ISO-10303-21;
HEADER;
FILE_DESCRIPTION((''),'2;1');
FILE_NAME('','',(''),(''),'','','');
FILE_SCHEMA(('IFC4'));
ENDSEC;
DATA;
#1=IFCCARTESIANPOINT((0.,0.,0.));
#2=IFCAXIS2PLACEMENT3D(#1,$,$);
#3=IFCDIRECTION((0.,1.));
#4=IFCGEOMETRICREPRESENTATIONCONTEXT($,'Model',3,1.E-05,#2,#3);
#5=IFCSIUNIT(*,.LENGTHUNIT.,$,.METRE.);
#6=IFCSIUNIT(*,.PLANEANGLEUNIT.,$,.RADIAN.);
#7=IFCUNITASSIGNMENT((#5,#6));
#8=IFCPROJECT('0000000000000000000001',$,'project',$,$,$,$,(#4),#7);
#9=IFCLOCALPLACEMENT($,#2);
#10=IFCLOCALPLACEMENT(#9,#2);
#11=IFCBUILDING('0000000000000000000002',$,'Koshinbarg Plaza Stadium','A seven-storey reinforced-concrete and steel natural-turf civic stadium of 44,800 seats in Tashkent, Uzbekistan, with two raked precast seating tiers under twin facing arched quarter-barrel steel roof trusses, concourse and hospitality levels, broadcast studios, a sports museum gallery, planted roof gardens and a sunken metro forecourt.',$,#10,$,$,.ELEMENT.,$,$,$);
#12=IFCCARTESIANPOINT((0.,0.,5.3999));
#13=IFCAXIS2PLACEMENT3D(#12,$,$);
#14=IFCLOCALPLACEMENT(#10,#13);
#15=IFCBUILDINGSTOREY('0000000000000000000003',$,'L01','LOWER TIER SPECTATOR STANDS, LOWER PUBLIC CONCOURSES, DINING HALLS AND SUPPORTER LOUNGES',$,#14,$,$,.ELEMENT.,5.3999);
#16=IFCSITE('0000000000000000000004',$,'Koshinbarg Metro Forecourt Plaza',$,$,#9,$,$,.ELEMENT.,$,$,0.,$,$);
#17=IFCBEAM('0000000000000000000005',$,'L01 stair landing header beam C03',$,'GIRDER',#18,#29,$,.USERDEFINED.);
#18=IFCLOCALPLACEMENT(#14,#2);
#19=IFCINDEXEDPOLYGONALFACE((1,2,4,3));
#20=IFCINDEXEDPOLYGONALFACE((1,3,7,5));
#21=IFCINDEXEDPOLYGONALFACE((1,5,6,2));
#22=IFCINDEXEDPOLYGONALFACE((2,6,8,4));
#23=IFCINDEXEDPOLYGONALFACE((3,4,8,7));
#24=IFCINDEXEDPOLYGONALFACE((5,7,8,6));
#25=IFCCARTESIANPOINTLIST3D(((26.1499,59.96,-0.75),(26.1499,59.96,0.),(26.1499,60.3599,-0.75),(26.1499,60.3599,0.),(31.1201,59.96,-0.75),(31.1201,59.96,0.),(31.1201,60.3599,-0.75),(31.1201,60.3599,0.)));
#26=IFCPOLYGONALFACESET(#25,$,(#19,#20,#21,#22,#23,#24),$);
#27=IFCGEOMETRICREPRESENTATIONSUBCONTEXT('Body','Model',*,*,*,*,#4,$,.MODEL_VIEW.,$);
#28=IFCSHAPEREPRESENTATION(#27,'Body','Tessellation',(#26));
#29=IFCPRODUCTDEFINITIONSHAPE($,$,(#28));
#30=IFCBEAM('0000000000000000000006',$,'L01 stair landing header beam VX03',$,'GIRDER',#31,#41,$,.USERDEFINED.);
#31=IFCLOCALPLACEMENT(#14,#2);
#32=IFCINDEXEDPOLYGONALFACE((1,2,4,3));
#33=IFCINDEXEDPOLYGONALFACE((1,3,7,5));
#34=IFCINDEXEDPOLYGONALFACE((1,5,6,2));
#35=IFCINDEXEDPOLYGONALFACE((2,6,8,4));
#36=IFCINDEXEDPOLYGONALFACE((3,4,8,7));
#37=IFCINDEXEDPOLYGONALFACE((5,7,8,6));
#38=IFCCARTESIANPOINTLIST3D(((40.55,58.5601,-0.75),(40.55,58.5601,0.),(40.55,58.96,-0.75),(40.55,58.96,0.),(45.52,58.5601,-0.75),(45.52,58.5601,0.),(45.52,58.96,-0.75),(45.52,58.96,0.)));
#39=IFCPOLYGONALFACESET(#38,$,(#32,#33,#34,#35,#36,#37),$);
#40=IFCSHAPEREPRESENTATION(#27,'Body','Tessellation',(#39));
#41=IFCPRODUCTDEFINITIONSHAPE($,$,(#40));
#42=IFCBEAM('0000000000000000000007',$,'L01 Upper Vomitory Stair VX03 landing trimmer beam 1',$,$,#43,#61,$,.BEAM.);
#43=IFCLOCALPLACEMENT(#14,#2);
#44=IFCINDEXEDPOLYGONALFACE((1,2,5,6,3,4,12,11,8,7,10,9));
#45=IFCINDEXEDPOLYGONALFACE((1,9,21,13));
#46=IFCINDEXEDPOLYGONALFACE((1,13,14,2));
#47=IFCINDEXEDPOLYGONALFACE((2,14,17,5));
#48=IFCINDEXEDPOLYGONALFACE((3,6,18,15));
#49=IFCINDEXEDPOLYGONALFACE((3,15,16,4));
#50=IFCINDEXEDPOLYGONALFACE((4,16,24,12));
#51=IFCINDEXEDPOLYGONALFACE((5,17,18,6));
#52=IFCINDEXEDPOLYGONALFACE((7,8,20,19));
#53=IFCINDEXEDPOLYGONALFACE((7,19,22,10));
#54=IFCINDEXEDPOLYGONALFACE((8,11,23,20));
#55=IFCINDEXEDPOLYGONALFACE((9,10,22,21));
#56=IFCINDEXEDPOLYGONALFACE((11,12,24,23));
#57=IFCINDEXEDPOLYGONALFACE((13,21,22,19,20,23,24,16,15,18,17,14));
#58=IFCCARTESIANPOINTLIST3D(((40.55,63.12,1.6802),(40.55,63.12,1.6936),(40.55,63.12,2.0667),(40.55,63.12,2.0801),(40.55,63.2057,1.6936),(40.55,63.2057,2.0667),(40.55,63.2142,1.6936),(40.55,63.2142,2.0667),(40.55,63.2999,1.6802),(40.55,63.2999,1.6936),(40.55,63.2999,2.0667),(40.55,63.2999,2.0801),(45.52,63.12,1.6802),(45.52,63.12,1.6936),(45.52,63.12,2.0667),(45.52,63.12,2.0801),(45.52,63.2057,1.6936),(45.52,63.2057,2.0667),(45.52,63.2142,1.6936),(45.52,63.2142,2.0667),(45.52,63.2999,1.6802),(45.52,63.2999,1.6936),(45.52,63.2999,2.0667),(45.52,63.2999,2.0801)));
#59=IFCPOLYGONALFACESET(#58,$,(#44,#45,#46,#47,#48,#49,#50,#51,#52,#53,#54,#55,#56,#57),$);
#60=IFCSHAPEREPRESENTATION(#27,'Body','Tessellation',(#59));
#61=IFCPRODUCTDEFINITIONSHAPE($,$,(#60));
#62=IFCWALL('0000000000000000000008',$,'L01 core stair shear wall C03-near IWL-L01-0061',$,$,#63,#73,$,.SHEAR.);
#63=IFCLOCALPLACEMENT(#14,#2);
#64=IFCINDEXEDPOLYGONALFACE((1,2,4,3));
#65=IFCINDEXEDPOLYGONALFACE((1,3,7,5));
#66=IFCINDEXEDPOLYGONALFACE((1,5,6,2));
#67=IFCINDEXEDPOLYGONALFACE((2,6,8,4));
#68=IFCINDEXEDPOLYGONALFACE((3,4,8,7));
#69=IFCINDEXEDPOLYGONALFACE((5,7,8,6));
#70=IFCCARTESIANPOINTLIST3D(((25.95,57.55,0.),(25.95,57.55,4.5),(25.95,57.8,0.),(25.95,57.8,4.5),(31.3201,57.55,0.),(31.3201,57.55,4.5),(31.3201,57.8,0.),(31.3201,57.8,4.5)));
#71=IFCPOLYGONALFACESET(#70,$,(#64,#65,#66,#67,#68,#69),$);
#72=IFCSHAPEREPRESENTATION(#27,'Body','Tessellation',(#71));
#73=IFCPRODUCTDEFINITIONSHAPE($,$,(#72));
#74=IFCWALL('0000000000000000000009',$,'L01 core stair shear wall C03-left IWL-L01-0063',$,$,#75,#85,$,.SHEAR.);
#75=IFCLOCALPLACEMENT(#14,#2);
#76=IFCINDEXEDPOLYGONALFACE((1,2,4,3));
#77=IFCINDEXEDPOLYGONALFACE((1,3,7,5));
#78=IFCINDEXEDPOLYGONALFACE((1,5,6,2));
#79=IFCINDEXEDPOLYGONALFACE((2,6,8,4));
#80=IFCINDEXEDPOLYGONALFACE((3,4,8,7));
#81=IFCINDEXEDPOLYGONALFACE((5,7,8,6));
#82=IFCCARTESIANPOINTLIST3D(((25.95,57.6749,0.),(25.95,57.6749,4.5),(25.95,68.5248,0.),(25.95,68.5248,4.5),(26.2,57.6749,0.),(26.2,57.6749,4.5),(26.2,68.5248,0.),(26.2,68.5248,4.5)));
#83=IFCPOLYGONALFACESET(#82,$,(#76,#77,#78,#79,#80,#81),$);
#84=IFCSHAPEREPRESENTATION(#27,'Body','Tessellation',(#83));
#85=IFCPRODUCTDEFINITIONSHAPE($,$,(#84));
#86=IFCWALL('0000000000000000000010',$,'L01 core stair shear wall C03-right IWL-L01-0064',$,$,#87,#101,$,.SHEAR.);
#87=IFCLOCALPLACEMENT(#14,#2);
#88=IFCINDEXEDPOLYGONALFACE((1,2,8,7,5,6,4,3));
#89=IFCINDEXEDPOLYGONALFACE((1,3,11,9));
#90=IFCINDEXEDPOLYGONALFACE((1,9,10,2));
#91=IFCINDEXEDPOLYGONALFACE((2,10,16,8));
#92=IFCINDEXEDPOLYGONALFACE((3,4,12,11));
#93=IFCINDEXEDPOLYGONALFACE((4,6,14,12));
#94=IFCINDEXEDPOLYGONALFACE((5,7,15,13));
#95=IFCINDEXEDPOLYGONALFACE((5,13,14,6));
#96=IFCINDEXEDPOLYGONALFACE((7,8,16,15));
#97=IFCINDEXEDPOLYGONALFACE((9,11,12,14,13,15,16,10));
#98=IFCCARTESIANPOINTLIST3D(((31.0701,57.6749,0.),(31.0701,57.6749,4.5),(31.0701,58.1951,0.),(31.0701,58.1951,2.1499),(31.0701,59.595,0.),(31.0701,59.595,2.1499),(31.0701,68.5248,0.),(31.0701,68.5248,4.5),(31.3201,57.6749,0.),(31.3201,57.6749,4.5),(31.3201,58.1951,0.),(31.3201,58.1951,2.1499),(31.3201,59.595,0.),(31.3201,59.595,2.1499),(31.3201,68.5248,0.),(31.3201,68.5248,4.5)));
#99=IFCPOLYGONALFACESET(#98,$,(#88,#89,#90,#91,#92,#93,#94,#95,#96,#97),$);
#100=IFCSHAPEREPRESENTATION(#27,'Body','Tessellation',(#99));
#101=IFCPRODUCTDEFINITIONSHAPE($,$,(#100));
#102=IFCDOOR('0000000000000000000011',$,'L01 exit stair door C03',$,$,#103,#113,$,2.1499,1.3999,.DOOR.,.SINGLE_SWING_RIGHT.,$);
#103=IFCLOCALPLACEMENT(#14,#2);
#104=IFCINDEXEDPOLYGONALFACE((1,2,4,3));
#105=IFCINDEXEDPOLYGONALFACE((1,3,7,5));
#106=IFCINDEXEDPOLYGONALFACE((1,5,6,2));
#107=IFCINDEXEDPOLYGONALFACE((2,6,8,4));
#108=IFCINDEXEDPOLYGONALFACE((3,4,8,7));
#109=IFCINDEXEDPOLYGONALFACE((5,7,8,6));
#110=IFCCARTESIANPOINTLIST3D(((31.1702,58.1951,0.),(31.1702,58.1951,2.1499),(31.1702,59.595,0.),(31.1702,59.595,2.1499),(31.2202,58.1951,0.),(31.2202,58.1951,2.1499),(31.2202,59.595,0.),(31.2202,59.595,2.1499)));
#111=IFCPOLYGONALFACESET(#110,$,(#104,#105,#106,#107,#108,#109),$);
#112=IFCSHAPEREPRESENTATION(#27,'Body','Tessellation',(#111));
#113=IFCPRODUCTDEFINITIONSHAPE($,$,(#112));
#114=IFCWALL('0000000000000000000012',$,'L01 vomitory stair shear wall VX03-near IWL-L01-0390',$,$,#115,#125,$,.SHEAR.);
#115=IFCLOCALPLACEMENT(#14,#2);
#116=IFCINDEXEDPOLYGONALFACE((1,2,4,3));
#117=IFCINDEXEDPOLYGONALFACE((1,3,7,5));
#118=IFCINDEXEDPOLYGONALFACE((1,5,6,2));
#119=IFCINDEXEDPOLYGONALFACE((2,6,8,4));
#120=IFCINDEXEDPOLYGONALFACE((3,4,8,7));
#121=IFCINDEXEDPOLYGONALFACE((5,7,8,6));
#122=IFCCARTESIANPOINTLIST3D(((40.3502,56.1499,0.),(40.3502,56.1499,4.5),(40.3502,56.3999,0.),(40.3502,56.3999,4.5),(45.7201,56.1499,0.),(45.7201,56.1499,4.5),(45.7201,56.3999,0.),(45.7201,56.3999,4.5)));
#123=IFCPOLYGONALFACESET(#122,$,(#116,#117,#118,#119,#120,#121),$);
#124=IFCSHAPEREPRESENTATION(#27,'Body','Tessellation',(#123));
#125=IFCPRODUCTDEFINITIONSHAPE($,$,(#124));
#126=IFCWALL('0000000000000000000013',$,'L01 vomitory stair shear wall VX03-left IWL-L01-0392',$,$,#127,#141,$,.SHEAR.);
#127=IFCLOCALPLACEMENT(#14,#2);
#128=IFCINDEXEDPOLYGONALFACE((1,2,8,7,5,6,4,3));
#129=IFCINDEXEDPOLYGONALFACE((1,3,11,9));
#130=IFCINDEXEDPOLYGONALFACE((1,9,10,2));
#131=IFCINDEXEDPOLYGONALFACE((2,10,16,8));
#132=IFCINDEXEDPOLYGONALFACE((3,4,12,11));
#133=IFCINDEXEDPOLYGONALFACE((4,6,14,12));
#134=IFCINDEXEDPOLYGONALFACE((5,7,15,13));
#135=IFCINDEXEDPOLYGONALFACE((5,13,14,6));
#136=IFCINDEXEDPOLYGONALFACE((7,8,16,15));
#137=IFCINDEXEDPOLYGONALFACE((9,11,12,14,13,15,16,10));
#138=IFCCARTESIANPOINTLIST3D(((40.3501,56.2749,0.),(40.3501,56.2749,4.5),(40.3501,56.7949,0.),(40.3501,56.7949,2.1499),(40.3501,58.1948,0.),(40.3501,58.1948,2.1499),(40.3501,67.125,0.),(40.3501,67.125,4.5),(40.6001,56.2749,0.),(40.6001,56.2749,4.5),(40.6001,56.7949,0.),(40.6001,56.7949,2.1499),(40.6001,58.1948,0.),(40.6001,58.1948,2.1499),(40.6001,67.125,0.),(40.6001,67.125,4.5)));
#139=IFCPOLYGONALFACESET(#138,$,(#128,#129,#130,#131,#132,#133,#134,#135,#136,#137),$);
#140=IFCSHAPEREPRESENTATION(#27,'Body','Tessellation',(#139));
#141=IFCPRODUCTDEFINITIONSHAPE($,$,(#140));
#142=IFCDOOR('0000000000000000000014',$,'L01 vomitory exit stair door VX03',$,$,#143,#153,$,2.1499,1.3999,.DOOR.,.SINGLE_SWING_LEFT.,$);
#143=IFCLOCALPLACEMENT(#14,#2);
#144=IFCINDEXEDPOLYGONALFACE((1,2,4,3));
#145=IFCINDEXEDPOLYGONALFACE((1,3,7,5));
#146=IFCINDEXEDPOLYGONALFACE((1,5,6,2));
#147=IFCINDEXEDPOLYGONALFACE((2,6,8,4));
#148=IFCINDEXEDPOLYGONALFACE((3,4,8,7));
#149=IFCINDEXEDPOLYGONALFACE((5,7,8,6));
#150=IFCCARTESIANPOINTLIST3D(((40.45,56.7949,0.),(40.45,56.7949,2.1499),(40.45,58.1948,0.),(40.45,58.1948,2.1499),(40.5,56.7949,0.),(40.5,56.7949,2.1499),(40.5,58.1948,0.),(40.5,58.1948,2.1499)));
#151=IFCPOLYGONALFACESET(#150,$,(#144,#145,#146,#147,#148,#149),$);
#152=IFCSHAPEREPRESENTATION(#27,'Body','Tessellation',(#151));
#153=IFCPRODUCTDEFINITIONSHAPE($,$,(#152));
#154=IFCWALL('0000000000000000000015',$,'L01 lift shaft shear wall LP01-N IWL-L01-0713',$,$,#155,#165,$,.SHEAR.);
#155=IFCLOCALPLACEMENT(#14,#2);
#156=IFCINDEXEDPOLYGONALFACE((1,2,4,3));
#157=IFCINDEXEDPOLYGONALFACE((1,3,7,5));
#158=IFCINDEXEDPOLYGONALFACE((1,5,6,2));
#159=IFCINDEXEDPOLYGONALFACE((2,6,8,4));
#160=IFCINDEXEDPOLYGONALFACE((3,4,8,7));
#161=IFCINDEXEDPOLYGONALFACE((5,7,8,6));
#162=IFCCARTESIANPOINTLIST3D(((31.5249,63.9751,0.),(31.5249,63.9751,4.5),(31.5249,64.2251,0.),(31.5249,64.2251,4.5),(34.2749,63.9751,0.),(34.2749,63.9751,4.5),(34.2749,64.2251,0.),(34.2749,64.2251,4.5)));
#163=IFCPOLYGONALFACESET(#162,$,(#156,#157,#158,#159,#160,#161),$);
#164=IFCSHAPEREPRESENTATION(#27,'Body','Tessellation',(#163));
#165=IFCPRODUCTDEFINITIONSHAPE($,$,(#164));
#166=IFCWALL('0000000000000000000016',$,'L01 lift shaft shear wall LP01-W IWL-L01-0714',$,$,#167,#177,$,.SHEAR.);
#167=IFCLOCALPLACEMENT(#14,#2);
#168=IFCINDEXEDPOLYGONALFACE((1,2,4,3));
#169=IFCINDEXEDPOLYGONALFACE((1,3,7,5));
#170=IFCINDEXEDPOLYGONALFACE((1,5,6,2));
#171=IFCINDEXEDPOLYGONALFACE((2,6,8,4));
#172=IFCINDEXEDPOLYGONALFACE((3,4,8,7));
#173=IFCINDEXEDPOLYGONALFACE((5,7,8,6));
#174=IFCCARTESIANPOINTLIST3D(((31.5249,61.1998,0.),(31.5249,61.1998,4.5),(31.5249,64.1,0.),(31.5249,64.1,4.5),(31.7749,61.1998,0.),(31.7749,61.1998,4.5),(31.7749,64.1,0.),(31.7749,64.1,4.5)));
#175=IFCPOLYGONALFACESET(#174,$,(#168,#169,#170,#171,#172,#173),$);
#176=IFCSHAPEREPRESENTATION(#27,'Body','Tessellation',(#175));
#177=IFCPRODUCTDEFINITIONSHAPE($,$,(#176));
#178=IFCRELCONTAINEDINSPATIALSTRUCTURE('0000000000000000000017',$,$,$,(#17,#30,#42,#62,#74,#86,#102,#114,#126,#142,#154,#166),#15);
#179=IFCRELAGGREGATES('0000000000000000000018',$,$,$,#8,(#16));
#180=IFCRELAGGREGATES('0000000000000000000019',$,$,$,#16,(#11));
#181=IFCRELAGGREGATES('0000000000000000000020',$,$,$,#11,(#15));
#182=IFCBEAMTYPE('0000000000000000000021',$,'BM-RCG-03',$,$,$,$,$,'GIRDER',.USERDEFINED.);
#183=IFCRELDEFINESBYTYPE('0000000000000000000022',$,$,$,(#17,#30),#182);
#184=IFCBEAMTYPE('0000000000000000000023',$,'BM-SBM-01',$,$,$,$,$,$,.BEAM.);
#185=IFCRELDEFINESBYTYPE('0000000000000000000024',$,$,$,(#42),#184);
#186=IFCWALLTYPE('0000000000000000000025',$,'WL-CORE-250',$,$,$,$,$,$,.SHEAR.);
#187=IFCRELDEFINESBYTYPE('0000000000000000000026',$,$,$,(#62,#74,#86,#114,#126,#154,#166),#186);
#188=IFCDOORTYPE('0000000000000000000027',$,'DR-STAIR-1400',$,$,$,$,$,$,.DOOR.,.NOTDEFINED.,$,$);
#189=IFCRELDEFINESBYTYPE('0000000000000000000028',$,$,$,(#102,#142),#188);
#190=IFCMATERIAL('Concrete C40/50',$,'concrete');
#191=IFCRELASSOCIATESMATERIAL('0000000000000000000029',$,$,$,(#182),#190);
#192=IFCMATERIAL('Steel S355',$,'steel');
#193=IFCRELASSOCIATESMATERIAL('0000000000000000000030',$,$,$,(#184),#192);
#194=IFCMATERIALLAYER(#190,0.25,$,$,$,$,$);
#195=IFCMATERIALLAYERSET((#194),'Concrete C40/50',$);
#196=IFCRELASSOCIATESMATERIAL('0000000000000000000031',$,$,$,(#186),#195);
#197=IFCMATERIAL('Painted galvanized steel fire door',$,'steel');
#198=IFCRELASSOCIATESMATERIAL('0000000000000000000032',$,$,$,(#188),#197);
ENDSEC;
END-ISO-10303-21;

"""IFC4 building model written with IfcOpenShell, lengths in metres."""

from ifc_helpers import new_model, si_unit, direction, frame, frame_2d, origin, origin_2d, place, context, subcontext, project, spatial, rectangle, i_section, extrude, material, layer, layer_set, material_profile, profile_set, type_object, element, fill, save


model = new_model("IFC4")

# Units and contexts
model_context = context("Model", 3, precision=1e-05, world=origin(), true_north=direction((0.0, 1.0)))
body_context = subcontext(model_context, "Body", "Model", "MODEL_VIEW")
ifc_project = project(units=[si_unit("LENGTHUNIT", "METRE"), si_unit("PLANEANGLEUNIT", "RADIAN")], contexts=[model_context])

# Site, building, storey
site_placement = place(None, origin())
site = spatial("IfcSite", under=ifc_project, at=site_placement, Name="Koshinbarg Metro Forecourt Plaza", CompositionType="ELEMENT", RefElevation=0.0)
building_placement = place(site_placement, origin())
building = spatial("IfcBuilding", under=site, at=building_placement, Name="Koshinbarg Plaza Stadium", Description="A seven-storey reinforced-concrete and steel natural-turf civic stadium of 44,800 seats in Tashkent, Uzbekistan, with two raked precast seating tiers under twin facing arched quarter-barrel steel roof trusses, concourse and hospitality levels, broadcast studios, a sports museum gallery, planted roof gardens and a sunken metro forecourt.", CompositionType="ELEMENT")
storey_placement = place(building_placement, frame((0.0, 0.0, 5.3999)))
storey = spatial("IfcBuildingStorey", under=building, at=storey_placement, Name="L01", Description="LOWER TIER SPECTATOR STANDS, LOWER PUBLIC CONCOURSES, DINING HALLS AND SUPPORTER LOUNGES", CompositionType="ELEMENT", Elevation=5.3999)

# Beams
ifc_material_1 = material(Name="Concrete C40/50", Category="concrete")
ifc_material_profile_1 = material_profile(ifc_material_1, rectangle(XDim=0.3999, YDim=0.75, at=origin_2d()), Name="RC 400x750")
ifc_profile_set_1 = profile_set([ifc_material_profile_1], Name="Concrete C40/50")
beam_type_1 = type_object("IfcBeamType", Name="BM-RCG-03", ElementType="GIRDER", PredefinedType="USERDEFINED", material=ifc_profile_set_1)
beam_1_placement = place(storey_placement, frame((26.1499, 60.1599, -0.375), z_axis=(1.0, 0.0, 0.0), x_axis=(0.0, 1.0, 0.0)))
element("IfcBeam", 1, at=beam_1_placement, inside=storey, type_object=beam_type_1, Name="L01 stair landing header beam C03", ObjectType="GIRDER", PredefinedType="USERDEFINED", context=body_context, shape_type="SweptSolid", body=[
    extrude(rectangle(XDim=0.3999, YDim=0.75, at=origin_2d()), origin(), (0.0, 0.0, 1.0), 4.9702),
])
beam_2_placement = place(storey_placement, frame((40.55, 58.76, -0.375), z_axis=(1.0, 0.0, 0.0), x_axis=(0.0, 1.0, 0.0)))
element("IfcBeam", 2, at=beam_2_placement, inside=storey, type_object=beam_type_1, Name="L01 stair landing header beam VX03", ObjectType="GIRDER", PredefinedType="USERDEFINED", context=body_context, shape_type="SweptSolid", body=[
    extrude(rectangle(XDim=0.3999, YDim=0.75, at=origin_2d()), origin(), (0.0, 0.0, 1.0), 4.97),
])
ifc_material_2 = material(Name="Steel S355", Category="steel")
ifc_material_profile_2 = material_profile(ifc_material_2, i_section(OverallWidth=0.1799, OverallDepth=0.3999, WebThickness=0.0085, FlangeThickness=0.0134, at=origin_2d()), Name="IPE 400")
ifc_profile_set_2 = profile_set([ifc_material_profile_2], Name="Steel S355")
beam_type_2 = type_object("IfcBeamType", Name="BM-SBM-01", PredefinedType="BEAM", material=ifc_profile_set_2)
beam_3_placement = place(storey_placement, frame((40.55, 63.21, 1.8801), z_axis=(1.0, 0.0, 0.0), x_axis=(0.0, 1.0, 0.0)))
element("IfcBeam", 3, at=beam_3_placement, inside=storey, type_object=beam_type_2, Name="L01 Upper Vomitory Stair VX03 landing trimmer beam 1", PredefinedType="BEAM", context=body_context, shape_type="SweptSolid", body=[
    extrude(i_section(OverallWidth=0.1799, OverallDepth=0.3999, WebThickness=0.0085, FlangeThickness=0.0134, at=origin_2d()), origin(), (0.0, 0.0, 1.0), 4.97),
])

# Walls
ifc_layer_1 = layer(ifc_material_1, 0.25)
ifc_layer_set_1 = layer_set([ifc_layer_1], Name="Concrete C40/50")
wall_type_1 = type_object("IfcWallType", Name="WL-CORE-250", PredefinedType="SHEAR", material=ifc_layer_set_1)
wall_1_placement = place(storey_placement, frame((25.95, 57.675, 0.0), z_axis=(0.0, 0.0, 1.0), x_axis=(1.0, 0.0, 0.0)))
element("IfcWall", 4, at=wall_1_placement, inside=storey, type_object=wall_type_1, Name="L01 core stair shear wall C03-near IWL-L01-0061", PredefinedType="SHEAR", context=body_context, shape_type="SweptSolid", body=[
    extrude(rectangle(XDim=5.3701, YDim=0.25, at=frame_2d((2.6851, 0.0))), origin(), (0.0, 0.0, 1.0), 4.5),
])
wall_2_placement = place(storey_placement, frame((26.075, 57.675, 0.0), z_axis=(0.0, 0.0, 1.0), x_axis=(0.0, 1.0, 0.0)))
element("IfcWall", 5, at=wall_2_placement, inside=storey, type_object=wall_type_1, Name="L01 core stair shear wall C03-left IWL-L01-0063", PredefinedType="SHEAR", context=body_context, shape_type="SweptSolid", body=[
    extrude(rectangle(XDim=10.8499, YDim=0.25, at=frame_2d((5.4248, 0.0))), origin(), (0.0, 0.0, 1.0), 4.5),
])

# Wall, opening, door
wall_3_placement = place(storey_placement, frame((31.1951, 57.675, 0.0), z_axis=(0.0, 0.0, 1.0), x_axis=(0.0, 1.0, 0.0)))
wall_3 = element("IfcWall", 6, at=wall_3_placement, inside=storey, type_object=wall_type_1, Name="L01 core stair shear wall C03-right IWL-L01-0064", PredefinedType="SHEAR", context=body_context, shape_type="SweptSolid", body=[
    extrude(rectangle(XDim=10.8499, YDim=0.25, at=frame_2d((5.4248, 0.0))), origin(), (0.0, 0.0, 1.0), 4.5),
])
opening_1_placement = place(wall_3_placement, frame((0.52, 0.0, 0.0)))
opening_1 = element("IfcOpeningElement", 7, at=opening_1_placement, cuts=wall_3, PredefinedType="OPENING", context=body_context, shape_type="SweptSolid", body=[
    extrude(rectangle(XDim=1.3999, YDim=2.1499, at=frame_2d((0.7, 1.075))), frame((0.0, 0.135, 0.0), z_axis=(0.0, -1.0, 0.0), x_axis=(1.0, 0.0, 0.0)), (0.0, 0.0, 1.0), 0.27),
])
ifc_material_3 = material(Name="Painted galvanized steel fire door", Category="steel")
door_type_1 = type_object("IfcDoorType", Name="DR-STAIR-1400", OperationType="NOTDEFINED", PredefinedType="DOOR", material=ifc_material_3)
door_1_placement = place(opening_1_placement, origin())
door_1 = element("IfcDoor", 8, at=door_1_placement, inside=storey, type_object=door_type_1, Name="L01 exit stair door C03", OperationType="SINGLE_SWING_RIGHT", OverallHeight=2.1499, OverallWidth=1.3999, PredefinedType="DOOR", context=body_context, shape_type="SweptSolid", body=[
    extrude(rectangle(XDim=1.3999, YDim=2.1499, at=frame_2d((0.7, 1.075))), frame((0.0, 0.0249, 0.0), z_axis=(0.0, -1.0, 0.0), x_axis=(1.0, 0.0, 0.0)), (0.0, 0.0, 1.0), 0.05),
])
fill(opening_1, door_1)

# Wall
wall_4_placement = place(storey_placement, frame((40.3501, 56.2749, 0.0), z_axis=(0.0, 0.0, 1.0), x_axis=(1.0, 0.0, 0.0)))
element("IfcWall", 9, at=wall_4_placement, inside=storey, type_object=wall_type_1, Name="L01 vomitory stair shear wall VX03-near IWL-L01-0390", PredefinedType="SHEAR", context=body_context, shape_type="SweptSolid", body=[
    extrude(rectangle(XDim=5.3699, YDim=0.25, at=frame_2d((2.6851, 0.0))), origin(), (0.0, 0.0, 1.0), 4.5),
])

# Wall, opening, door
wall_5_placement = place(storey_placement, frame((40.4751, 56.2749, 0.0), z_axis=(0.0, 0.0, 1.0), x_axis=(0.0, 1.0, 0.0)))
wall_5 = element("IfcWall", 10, at=wall_5_placement, inside=storey, type_object=wall_type_1, Name="L01 vomitory stair shear wall VX03-left IWL-L01-0392", PredefinedType="SHEAR", context=body_context, shape_type="SweptSolid", body=[
    extrude(rectangle(XDim=10.8501, YDim=0.25, at=frame_2d((5.425, 0.0))), origin(), (0.0, 0.0, 1.0), 4.5),
])
opening_2_placement = place(wall_5_placement, frame((0.52, 0.0, 0.0)))
opening_2 = element("IfcOpeningElement", 11, at=opening_2_placement, cuts=wall_5, PredefinedType="OPENING", context=body_context, shape_type="SweptSolid", body=[
    extrude(rectangle(XDim=1.3999, YDim=2.1499, at=frame_2d((0.7, 1.075))), frame((0.0, 0.135, 0.0), z_axis=(0.0, -1.0, 0.0), x_axis=(1.0, 0.0, 0.0)), (0.0, 0.0, 1.0), 0.27),
])
door_2_placement = place(opening_2_placement, frame((1.3999, 0.0, 0.0), z_axis=(0.0, 0.0, 1.0), x_axis=(-1.0, 0.0, 0.0)))
door_2 = element("IfcDoor", 12, at=door_2_placement, inside=storey, type_object=door_type_1, Name="L01 vomitory exit stair door VX03", OperationType="SINGLE_SWING_LEFT", OverallHeight=2.1499, OverallWidth=1.3999, PredefinedType="DOOR", context=body_context, shape_type="SweptSolid", body=[
    extrude(rectangle(XDim=1.3999, YDim=2.1499, at=frame_2d((0.7, 1.075))), frame((0.0, 0.0249, 0.0), z_axis=(0.0, -1.0, 0.0), x_axis=(1.0, 0.0, 0.0)), (0.0, 0.0, 1.0), 0.05),
])
fill(opening_2, door_2)

# Walls
wall_6_placement = place(storey_placement, frame((34.2749, 64.1001, 0.0), z_axis=(0.0, 0.0, 1.0), x_axis=(-1.0, 0.0, 0.0)))
element("IfcWall", 13, at=wall_6_placement, inside=storey, type_object=wall_type_1, Name="L01 lift shaft shear wall LP01-N IWL-L01-0713", PredefinedType="SHEAR", context=body_context, shape_type="SweptSolid", body=[
    extrude(rectangle(XDim=2.75, YDim=0.25, at=frame_2d((1.375, 0.0))), origin(), (0.0, 0.0, 1.0), 4.5),
])
for number, where, z_axis, x_axis, name in (
    (14, (31.6499, 64.1001, 0.0), (0.0, 0.0, 1.0), (0.0, -1.0, 0.0), "L01 lift shaft shear wall LP01-W IWL-L01-0714"),
):
    element("IfcWall", number, at=place(storey_placement, frame(where, z_axis=z_axis, x_axis=x_axis)), inside=storey, type_object=wall_type_1, Name=name, PredefinedType="SHEAR", context=body_context, shape_type="SweptSolid", body=[
        extrude(rectangle(XDim=2.9001, YDim=0.25, at=frame_2d((1.4502, 0.0))), origin(), (0.0, 0.0, 1.0), 4.5),
    ])

save(model, "model.ifc")
